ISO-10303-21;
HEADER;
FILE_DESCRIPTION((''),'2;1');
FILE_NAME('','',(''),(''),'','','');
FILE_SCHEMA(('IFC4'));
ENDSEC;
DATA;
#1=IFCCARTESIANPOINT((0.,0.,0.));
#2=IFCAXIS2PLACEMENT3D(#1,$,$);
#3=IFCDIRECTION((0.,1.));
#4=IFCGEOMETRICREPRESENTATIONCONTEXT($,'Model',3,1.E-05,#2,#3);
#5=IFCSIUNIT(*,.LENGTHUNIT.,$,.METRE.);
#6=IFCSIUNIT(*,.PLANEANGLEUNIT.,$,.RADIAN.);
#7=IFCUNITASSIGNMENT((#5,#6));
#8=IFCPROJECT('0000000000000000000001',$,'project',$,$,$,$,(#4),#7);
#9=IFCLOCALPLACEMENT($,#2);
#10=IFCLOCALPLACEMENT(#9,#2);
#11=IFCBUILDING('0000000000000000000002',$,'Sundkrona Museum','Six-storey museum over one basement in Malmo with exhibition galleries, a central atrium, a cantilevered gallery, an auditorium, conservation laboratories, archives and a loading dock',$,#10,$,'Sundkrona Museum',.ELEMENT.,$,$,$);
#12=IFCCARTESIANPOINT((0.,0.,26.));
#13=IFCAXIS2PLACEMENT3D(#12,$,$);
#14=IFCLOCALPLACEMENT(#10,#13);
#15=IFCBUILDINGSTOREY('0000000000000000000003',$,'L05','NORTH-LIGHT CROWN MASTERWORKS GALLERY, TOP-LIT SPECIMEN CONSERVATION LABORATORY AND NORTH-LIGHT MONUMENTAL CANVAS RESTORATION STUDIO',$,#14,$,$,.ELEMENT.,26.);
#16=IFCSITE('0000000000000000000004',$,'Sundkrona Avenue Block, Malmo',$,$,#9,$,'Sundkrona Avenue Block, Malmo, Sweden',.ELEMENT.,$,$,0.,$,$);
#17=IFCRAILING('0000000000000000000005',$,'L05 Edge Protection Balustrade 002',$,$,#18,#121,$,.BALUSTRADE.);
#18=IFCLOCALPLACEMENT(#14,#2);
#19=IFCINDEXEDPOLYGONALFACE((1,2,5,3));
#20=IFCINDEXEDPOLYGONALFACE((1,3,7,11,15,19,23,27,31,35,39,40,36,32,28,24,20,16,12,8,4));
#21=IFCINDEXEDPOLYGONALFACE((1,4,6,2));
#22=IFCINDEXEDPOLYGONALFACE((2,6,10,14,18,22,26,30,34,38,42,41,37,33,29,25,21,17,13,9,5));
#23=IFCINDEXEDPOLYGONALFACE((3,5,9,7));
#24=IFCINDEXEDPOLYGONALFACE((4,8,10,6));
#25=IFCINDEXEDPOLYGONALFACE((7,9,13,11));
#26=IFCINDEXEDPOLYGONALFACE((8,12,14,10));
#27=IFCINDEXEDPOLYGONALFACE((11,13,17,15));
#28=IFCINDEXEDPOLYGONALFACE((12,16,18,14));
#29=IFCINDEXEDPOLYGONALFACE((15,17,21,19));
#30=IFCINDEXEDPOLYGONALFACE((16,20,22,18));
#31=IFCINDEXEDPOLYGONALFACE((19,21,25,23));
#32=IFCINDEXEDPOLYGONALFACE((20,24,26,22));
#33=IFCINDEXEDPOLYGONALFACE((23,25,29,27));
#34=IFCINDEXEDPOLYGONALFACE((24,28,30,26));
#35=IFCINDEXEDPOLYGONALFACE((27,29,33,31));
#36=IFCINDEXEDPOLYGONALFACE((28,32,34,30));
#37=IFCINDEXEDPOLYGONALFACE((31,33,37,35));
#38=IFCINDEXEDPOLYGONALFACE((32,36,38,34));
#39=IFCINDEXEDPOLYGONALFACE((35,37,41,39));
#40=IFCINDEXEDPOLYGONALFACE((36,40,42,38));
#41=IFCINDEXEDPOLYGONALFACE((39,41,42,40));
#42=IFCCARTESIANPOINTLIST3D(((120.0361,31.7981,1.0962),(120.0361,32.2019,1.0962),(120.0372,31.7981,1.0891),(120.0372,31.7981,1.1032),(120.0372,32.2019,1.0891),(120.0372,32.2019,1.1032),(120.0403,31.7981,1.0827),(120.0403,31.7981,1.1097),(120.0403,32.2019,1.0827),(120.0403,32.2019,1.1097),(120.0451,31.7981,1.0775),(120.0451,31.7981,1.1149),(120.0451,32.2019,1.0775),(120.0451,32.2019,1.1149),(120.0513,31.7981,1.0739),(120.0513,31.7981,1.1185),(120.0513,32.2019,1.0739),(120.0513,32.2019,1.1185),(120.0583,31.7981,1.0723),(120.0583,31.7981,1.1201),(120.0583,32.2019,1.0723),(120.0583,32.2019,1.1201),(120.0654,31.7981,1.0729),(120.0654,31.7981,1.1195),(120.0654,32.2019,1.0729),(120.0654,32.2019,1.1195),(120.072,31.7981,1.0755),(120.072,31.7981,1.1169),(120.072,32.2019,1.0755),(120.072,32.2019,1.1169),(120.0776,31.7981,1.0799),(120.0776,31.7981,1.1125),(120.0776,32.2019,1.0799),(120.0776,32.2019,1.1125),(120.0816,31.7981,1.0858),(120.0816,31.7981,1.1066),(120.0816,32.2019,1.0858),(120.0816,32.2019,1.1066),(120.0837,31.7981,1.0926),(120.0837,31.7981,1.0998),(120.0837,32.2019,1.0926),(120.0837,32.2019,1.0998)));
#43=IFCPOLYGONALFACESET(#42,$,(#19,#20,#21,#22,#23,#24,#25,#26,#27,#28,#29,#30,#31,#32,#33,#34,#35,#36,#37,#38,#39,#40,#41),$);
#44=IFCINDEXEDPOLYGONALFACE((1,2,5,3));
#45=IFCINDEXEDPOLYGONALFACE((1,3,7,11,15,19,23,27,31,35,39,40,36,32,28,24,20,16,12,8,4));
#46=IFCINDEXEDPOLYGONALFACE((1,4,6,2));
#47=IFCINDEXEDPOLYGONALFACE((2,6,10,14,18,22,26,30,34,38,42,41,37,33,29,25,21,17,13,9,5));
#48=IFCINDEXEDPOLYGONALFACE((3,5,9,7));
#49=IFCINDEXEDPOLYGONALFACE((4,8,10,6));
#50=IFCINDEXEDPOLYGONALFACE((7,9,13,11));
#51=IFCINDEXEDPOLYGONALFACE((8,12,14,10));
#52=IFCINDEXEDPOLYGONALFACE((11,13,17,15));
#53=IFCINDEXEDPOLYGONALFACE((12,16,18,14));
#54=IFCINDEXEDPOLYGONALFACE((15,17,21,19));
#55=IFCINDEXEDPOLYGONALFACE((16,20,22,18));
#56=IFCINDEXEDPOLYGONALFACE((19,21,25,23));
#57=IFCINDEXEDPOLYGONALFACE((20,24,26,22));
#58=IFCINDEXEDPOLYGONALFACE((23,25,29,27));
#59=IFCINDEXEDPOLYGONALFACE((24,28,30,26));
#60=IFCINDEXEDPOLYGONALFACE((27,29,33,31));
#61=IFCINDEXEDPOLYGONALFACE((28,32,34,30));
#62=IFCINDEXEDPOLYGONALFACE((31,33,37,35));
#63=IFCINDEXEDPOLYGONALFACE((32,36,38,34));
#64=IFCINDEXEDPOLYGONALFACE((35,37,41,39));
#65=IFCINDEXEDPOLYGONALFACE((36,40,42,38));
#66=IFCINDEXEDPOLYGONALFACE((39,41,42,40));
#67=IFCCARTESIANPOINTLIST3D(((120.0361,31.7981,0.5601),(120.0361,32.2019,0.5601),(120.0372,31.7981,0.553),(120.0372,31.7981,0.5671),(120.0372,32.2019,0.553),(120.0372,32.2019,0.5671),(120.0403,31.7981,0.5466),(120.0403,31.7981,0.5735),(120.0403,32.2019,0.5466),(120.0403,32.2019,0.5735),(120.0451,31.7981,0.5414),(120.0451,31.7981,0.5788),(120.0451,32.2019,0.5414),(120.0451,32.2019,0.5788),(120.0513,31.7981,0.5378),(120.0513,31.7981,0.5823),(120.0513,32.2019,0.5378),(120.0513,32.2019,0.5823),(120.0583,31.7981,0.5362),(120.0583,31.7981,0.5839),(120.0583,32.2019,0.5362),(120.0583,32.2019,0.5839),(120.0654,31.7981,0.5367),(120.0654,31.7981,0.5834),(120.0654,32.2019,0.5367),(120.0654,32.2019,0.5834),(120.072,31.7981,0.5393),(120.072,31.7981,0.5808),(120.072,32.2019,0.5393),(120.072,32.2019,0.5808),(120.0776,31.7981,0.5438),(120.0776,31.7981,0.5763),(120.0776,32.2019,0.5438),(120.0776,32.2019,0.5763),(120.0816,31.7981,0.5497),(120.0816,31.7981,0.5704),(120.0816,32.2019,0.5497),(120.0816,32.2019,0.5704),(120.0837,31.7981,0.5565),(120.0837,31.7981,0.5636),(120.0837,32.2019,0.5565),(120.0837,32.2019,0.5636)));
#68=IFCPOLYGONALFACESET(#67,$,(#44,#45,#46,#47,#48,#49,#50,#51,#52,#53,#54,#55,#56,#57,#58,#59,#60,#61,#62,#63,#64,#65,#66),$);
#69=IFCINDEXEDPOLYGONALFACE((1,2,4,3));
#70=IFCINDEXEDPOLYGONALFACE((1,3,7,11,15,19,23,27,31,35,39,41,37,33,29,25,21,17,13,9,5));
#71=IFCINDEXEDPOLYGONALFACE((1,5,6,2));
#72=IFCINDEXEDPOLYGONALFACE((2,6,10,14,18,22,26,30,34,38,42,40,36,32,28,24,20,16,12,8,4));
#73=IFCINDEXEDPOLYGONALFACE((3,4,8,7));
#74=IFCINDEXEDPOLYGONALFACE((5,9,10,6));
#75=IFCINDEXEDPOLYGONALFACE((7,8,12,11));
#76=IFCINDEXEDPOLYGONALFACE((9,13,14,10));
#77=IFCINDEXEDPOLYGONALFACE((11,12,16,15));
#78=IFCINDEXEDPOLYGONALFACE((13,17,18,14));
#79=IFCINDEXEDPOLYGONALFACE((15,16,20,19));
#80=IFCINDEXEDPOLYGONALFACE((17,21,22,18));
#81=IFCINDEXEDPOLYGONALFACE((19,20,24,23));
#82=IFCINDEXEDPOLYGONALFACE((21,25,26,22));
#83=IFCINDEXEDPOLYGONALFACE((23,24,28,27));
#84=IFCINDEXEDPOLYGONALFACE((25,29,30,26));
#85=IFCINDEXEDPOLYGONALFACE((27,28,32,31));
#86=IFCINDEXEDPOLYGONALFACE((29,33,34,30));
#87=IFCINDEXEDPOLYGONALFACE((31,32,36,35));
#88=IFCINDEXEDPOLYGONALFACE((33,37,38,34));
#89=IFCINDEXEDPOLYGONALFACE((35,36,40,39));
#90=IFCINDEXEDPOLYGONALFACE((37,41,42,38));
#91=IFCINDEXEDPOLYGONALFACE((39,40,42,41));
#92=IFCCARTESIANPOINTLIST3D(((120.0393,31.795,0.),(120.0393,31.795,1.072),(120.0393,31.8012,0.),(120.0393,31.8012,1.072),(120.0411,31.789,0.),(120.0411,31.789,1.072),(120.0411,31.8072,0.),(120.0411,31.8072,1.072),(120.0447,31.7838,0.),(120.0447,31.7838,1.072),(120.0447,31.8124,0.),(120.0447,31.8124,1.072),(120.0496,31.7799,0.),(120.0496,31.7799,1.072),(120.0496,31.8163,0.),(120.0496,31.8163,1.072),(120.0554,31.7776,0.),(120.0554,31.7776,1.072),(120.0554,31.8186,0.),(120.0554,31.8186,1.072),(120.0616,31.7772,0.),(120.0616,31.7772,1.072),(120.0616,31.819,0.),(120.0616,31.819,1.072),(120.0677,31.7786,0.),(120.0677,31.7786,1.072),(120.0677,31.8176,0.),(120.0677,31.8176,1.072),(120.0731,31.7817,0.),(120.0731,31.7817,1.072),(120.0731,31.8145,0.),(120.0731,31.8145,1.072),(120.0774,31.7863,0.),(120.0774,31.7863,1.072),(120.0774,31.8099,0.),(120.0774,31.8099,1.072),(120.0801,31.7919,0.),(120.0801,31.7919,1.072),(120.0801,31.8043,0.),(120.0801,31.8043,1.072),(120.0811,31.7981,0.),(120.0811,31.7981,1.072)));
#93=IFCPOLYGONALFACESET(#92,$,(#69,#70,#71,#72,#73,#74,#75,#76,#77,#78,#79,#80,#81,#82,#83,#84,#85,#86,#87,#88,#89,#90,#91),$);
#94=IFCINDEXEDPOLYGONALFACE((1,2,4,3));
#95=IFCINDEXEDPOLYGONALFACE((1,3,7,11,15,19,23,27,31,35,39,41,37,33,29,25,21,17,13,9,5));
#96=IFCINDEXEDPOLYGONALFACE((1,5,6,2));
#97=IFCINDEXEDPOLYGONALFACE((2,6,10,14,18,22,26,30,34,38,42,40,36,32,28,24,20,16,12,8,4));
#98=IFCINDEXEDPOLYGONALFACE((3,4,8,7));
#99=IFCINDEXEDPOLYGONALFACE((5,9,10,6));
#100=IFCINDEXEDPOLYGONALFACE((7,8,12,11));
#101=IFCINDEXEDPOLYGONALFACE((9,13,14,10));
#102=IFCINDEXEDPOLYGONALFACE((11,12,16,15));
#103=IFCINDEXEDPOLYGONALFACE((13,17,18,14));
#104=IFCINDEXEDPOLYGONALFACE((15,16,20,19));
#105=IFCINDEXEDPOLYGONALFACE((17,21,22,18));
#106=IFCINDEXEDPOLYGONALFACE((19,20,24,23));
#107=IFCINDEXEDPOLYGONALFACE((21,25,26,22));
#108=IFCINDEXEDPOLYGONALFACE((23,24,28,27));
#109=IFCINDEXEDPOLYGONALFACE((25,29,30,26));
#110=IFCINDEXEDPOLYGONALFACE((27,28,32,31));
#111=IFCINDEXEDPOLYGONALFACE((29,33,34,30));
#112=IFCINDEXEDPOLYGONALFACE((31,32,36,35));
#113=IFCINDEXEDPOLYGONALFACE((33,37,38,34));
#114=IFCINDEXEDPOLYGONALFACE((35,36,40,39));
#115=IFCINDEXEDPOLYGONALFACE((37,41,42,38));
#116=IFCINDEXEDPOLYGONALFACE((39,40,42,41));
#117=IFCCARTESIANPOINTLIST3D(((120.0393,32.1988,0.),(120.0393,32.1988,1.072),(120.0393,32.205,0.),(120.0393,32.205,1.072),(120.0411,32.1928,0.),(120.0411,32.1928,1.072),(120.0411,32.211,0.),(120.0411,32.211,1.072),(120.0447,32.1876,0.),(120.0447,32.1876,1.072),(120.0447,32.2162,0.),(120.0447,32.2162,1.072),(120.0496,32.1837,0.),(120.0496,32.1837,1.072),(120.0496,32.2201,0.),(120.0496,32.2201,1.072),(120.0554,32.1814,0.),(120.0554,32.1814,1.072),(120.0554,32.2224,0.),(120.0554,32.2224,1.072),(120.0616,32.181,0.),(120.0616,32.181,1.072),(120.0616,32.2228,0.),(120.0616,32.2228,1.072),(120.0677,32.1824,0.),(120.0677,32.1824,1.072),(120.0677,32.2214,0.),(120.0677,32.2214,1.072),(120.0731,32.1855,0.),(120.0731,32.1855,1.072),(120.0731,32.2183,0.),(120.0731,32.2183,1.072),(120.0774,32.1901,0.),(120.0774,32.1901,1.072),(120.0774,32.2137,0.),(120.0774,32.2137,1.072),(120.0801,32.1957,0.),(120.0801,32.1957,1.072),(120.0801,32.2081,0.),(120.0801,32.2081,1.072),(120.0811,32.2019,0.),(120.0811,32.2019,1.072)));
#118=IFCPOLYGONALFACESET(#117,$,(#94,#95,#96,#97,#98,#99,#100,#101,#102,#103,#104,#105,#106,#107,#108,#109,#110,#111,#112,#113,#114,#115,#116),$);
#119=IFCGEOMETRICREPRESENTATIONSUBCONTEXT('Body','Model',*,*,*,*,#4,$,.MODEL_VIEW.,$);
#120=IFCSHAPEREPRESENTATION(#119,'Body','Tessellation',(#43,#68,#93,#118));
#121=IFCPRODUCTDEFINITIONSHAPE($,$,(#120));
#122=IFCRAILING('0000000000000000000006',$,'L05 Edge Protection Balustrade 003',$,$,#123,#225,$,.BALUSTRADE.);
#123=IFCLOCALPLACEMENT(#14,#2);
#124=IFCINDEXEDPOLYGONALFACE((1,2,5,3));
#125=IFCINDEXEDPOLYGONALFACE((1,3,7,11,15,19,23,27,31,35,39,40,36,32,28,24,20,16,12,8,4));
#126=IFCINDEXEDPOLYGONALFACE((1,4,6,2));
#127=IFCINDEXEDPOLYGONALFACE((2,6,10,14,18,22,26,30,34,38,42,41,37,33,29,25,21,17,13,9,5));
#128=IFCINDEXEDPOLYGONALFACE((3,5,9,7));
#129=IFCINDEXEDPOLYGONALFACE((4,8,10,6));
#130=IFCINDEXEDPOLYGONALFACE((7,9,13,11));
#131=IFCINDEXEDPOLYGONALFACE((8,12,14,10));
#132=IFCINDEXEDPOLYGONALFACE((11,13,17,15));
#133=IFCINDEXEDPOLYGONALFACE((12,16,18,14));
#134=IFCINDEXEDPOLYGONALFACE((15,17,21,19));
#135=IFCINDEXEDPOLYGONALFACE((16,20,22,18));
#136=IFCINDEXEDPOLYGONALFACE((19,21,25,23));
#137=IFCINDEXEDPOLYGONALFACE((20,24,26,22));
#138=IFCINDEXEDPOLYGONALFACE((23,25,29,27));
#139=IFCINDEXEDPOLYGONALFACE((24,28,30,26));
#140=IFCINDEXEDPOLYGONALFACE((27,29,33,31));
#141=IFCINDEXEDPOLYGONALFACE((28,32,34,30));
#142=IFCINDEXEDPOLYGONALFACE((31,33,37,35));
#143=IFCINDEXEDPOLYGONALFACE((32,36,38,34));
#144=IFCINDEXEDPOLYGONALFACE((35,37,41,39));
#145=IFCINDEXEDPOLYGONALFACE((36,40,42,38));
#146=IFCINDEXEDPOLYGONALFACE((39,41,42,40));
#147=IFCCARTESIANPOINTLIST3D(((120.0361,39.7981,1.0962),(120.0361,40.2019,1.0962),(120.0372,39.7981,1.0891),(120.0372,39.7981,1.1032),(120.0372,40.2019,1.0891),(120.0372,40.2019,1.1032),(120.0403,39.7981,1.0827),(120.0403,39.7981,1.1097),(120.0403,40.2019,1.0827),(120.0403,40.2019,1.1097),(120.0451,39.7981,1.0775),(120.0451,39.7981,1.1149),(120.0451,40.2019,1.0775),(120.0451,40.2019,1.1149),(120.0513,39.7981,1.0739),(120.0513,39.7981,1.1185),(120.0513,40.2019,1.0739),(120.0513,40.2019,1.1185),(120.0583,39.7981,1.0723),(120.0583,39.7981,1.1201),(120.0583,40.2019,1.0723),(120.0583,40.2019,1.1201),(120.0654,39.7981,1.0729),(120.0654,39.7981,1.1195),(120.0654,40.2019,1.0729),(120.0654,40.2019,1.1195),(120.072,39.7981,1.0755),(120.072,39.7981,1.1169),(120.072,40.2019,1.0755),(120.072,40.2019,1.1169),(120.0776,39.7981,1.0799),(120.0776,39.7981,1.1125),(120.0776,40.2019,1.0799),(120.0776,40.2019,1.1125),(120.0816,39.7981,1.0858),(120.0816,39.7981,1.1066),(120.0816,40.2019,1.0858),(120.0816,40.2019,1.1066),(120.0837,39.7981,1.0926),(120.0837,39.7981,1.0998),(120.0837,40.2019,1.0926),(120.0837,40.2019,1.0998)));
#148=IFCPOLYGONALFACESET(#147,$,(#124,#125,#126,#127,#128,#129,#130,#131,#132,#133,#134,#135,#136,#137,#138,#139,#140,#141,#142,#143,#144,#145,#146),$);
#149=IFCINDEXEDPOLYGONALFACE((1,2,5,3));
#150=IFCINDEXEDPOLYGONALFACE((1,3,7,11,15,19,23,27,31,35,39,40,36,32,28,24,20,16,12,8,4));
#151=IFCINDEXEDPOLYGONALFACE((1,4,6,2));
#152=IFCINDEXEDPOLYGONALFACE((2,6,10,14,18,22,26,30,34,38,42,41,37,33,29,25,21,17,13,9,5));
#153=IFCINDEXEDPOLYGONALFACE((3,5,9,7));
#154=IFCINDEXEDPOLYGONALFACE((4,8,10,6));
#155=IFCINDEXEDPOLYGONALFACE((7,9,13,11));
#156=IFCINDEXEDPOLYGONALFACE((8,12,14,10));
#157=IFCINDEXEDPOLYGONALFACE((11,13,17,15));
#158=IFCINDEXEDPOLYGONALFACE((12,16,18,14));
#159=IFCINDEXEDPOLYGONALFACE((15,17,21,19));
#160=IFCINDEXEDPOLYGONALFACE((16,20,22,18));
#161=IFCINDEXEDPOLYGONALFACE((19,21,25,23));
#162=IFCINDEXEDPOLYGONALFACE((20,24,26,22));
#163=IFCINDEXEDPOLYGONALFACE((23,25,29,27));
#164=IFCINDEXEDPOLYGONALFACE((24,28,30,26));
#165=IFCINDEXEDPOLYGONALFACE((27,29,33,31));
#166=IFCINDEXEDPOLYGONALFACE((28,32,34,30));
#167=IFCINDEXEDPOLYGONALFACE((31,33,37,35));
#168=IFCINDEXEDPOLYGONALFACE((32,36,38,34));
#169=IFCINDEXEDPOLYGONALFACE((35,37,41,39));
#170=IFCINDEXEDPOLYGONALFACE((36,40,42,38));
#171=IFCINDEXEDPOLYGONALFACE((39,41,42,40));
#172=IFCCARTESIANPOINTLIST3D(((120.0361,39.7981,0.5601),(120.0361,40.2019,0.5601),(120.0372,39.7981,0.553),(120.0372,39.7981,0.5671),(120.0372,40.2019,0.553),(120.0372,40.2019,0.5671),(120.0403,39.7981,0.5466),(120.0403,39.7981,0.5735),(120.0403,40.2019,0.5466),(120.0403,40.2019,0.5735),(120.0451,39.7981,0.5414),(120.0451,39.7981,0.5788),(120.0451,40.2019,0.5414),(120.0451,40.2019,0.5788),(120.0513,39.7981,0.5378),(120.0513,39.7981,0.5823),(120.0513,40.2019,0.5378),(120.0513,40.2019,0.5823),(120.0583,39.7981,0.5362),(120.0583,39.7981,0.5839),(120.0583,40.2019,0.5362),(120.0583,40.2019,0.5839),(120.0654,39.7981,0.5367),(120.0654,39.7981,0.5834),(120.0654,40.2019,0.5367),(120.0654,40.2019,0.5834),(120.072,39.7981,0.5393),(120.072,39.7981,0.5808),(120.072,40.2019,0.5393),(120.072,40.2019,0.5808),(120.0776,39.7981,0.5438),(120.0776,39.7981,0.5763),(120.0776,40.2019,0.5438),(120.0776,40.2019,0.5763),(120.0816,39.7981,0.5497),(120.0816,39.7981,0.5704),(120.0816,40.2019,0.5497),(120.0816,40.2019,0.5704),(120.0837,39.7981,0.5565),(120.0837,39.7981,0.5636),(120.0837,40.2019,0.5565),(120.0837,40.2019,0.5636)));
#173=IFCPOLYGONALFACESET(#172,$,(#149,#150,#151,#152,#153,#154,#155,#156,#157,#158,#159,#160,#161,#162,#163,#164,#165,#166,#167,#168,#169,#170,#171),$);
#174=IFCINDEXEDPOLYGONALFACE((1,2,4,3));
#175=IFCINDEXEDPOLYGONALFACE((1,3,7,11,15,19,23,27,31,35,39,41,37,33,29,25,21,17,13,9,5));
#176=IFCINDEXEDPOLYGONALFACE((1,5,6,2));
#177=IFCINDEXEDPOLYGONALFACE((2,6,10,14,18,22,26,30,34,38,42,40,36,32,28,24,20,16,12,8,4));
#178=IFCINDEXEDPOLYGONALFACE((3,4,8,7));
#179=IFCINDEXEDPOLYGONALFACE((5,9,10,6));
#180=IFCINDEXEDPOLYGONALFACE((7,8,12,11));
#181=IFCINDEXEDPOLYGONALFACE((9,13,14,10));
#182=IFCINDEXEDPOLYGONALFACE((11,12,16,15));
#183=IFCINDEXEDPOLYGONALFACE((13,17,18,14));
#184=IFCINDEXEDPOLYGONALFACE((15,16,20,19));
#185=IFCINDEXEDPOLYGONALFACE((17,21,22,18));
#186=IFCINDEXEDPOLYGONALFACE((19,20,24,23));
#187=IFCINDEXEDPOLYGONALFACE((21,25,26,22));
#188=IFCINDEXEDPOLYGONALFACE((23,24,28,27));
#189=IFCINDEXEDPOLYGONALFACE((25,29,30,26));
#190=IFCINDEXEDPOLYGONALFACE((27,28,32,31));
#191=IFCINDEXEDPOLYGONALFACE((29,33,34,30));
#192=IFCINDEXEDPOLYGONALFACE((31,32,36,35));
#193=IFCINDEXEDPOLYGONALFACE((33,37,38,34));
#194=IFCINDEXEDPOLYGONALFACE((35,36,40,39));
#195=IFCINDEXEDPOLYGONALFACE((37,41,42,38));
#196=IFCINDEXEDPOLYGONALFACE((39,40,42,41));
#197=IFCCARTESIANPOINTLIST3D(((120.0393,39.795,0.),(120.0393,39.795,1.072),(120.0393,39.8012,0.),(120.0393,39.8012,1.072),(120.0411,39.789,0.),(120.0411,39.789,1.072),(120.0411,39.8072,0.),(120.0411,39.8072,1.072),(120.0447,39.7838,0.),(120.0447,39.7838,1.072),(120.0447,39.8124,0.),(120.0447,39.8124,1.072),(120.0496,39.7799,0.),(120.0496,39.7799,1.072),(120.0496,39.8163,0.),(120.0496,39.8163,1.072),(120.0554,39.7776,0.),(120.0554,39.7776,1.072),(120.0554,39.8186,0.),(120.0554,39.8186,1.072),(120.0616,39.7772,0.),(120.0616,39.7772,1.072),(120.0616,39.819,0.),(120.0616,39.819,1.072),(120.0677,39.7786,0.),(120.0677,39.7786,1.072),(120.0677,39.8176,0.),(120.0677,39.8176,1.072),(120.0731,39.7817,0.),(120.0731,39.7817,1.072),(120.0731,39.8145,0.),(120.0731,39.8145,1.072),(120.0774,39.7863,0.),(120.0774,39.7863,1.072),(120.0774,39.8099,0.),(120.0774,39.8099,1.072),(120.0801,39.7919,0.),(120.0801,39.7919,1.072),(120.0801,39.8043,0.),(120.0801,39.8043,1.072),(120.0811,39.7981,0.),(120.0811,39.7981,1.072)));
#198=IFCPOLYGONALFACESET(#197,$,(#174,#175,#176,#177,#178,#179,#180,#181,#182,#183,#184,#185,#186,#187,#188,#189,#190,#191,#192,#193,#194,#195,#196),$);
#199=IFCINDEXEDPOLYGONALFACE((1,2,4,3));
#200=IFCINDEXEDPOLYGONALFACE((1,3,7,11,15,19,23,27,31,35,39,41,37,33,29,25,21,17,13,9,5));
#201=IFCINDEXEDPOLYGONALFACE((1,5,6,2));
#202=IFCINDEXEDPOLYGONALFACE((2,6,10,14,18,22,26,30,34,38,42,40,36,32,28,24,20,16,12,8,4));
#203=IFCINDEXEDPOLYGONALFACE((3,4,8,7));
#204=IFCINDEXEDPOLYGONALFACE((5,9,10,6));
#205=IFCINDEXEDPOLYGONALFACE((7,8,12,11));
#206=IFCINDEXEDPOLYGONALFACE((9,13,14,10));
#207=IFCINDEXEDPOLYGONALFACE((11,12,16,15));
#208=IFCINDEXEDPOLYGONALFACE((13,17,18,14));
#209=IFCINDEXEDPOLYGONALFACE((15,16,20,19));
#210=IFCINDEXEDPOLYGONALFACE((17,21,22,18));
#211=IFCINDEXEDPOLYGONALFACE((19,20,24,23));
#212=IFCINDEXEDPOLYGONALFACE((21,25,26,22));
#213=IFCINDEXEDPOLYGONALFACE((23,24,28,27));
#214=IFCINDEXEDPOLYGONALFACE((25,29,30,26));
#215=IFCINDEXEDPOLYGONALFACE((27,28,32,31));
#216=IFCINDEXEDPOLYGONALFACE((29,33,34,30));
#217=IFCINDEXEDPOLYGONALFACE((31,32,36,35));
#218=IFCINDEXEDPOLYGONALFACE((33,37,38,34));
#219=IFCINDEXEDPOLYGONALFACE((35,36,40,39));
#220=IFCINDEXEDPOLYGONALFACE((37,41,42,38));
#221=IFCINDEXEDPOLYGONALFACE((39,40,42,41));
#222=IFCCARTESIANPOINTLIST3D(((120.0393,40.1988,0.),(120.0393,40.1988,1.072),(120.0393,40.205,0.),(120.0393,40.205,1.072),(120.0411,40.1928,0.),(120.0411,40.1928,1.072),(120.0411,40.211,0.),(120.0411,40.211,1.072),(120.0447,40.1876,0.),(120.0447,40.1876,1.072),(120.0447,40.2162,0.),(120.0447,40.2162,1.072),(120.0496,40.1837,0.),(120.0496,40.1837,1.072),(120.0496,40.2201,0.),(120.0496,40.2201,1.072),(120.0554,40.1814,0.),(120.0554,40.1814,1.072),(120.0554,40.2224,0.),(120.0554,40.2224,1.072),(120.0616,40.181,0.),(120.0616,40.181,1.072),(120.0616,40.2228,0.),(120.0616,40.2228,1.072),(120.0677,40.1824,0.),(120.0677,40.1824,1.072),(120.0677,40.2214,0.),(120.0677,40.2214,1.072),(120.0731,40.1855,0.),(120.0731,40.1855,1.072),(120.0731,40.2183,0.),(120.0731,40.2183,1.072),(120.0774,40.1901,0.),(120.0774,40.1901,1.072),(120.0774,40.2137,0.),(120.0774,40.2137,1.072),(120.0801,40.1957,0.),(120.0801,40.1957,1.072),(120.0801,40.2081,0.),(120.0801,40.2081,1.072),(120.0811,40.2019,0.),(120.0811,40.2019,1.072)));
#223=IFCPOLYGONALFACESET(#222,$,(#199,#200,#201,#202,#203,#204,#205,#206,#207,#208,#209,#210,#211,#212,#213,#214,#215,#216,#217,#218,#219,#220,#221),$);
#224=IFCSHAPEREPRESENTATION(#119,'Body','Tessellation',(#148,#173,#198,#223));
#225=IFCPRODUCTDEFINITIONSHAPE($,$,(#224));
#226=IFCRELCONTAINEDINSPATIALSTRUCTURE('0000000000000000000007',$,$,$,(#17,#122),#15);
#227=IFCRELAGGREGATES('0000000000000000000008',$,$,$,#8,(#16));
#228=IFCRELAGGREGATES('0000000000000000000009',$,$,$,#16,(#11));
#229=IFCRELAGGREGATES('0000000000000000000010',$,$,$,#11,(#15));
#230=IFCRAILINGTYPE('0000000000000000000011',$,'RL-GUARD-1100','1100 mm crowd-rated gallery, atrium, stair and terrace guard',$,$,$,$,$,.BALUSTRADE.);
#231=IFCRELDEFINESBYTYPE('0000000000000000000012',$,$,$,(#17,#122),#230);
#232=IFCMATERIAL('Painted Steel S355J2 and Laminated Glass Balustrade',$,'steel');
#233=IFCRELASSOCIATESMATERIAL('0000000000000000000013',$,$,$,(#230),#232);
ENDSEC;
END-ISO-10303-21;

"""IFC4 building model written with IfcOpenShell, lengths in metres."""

from ifc_helpers import new_model, si_unit, direction, frame, origin, origin_2d, place, context, subcontext, project, spatial, circle, extrude, material, type_object, element, save


model = new_model("IFC4")

# Units and contexts
model_context = context("Model", 3, precision=1e-05, world=origin(), true_north=direction((0.0, 1.0)))
body_context = subcontext(model_context, "Body", "Model", "MODEL_VIEW")
ifc_project = project(units=[si_unit("LENGTHUNIT", "METRE"), si_unit("PLANEANGLEUNIT", "RADIAN")], contexts=[model_context])

# Site, building, storey
site_placement = place(None, origin())
site = spatial("IfcSite", under=ifc_project, at=site_placement, Name="Sundkrona Avenue Block, Malmo", LongName="Sundkrona Avenue Block, Malmo, Sweden", CompositionType="ELEMENT", RefElevation=0.0)
building_placement = place(site_placement, origin())
building = spatial("IfcBuilding", under=site, at=building_placement, Name="Sundkrona Museum", Description="Six-storey museum over one basement in Malmo with exhibition galleries, a central atrium, a cantilevered gallery, an auditorium, conservation laboratories, archives and a loading dock", LongName="Sundkrona Museum", CompositionType="ELEMENT")
storey_placement = place(building_placement, frame((0.0, 0.0, 26.0)))
storey = spatial("IfcBuildingStorey", under=building, at=storey_placement, Name="L05", Description="NORTH-LIGHT CROWN MASTERWORKS GALLERY, TOP-LIT SPECIMEN CONSERVATION LABORATORY AND NORTH-LIGHT MONUMENTAL CANVAS RESTORATION STUDIO", CompositionType="ELEMENT", Elevation=26.0)

# Railings
ifc_material_1 = material(Name="Painted Steel S355J2 and Laminated Glass Balustrade", Category="steel")
railing_type = type_object("IfcRailingType", Name="RL-GUARD-1100", Description="1100 mm crowd-rated gallery, atrium, stair and terrace guard", PredefinedType="BALUSTRADE", material=ifc_material_1)
for number, where, name in (
    (1, (120.0601, 31.7981, 0.0), "L05 Edge Protection Balustrade 002"),
    (2, (120.0601, 39.7981, 0.0), "L05 Edge Protection Balustrade 003"),
):
    element("IfcRailing", number, at=place(storey_placement, frame(where)), inside=storey, type_object=railing_type, Name=name, PredefinedType="BALUSTRADE", context=body_context, shape_type="SweptSolid", body=[
        extrude(circle(Radius=0.0239, at=origin_2d()), frame((0.0, 0.0, 1.0962), z_axis=(0.0, 1.0, 0.0), x_axis=(-1.0, 0.0, 0.0)), (0.0, 0.0, 1.0), 0.4038),
        extrude(circle(Radius=0.0239, at=origin_2d()), frame((0.0, 0.0, 0.5601), z_axis=(0.0, 1.0, 0.0), x_axis=(-1.0, 0.0, 0.0)), (0.0, 0.0, 1.0), 0.4038),
        extrude(circle(Radius=0.021, at=origin_2d()), origin(), (0.0, 0.0, 1.0), 1.072),
        extrude(circle(Radius=0.021, at=origin_2d()), frame((0.0, 0.4038, 0.0)), (0.0, 0.0, 1.0), 1.072),
    ])

save(model, "model.ifc")
